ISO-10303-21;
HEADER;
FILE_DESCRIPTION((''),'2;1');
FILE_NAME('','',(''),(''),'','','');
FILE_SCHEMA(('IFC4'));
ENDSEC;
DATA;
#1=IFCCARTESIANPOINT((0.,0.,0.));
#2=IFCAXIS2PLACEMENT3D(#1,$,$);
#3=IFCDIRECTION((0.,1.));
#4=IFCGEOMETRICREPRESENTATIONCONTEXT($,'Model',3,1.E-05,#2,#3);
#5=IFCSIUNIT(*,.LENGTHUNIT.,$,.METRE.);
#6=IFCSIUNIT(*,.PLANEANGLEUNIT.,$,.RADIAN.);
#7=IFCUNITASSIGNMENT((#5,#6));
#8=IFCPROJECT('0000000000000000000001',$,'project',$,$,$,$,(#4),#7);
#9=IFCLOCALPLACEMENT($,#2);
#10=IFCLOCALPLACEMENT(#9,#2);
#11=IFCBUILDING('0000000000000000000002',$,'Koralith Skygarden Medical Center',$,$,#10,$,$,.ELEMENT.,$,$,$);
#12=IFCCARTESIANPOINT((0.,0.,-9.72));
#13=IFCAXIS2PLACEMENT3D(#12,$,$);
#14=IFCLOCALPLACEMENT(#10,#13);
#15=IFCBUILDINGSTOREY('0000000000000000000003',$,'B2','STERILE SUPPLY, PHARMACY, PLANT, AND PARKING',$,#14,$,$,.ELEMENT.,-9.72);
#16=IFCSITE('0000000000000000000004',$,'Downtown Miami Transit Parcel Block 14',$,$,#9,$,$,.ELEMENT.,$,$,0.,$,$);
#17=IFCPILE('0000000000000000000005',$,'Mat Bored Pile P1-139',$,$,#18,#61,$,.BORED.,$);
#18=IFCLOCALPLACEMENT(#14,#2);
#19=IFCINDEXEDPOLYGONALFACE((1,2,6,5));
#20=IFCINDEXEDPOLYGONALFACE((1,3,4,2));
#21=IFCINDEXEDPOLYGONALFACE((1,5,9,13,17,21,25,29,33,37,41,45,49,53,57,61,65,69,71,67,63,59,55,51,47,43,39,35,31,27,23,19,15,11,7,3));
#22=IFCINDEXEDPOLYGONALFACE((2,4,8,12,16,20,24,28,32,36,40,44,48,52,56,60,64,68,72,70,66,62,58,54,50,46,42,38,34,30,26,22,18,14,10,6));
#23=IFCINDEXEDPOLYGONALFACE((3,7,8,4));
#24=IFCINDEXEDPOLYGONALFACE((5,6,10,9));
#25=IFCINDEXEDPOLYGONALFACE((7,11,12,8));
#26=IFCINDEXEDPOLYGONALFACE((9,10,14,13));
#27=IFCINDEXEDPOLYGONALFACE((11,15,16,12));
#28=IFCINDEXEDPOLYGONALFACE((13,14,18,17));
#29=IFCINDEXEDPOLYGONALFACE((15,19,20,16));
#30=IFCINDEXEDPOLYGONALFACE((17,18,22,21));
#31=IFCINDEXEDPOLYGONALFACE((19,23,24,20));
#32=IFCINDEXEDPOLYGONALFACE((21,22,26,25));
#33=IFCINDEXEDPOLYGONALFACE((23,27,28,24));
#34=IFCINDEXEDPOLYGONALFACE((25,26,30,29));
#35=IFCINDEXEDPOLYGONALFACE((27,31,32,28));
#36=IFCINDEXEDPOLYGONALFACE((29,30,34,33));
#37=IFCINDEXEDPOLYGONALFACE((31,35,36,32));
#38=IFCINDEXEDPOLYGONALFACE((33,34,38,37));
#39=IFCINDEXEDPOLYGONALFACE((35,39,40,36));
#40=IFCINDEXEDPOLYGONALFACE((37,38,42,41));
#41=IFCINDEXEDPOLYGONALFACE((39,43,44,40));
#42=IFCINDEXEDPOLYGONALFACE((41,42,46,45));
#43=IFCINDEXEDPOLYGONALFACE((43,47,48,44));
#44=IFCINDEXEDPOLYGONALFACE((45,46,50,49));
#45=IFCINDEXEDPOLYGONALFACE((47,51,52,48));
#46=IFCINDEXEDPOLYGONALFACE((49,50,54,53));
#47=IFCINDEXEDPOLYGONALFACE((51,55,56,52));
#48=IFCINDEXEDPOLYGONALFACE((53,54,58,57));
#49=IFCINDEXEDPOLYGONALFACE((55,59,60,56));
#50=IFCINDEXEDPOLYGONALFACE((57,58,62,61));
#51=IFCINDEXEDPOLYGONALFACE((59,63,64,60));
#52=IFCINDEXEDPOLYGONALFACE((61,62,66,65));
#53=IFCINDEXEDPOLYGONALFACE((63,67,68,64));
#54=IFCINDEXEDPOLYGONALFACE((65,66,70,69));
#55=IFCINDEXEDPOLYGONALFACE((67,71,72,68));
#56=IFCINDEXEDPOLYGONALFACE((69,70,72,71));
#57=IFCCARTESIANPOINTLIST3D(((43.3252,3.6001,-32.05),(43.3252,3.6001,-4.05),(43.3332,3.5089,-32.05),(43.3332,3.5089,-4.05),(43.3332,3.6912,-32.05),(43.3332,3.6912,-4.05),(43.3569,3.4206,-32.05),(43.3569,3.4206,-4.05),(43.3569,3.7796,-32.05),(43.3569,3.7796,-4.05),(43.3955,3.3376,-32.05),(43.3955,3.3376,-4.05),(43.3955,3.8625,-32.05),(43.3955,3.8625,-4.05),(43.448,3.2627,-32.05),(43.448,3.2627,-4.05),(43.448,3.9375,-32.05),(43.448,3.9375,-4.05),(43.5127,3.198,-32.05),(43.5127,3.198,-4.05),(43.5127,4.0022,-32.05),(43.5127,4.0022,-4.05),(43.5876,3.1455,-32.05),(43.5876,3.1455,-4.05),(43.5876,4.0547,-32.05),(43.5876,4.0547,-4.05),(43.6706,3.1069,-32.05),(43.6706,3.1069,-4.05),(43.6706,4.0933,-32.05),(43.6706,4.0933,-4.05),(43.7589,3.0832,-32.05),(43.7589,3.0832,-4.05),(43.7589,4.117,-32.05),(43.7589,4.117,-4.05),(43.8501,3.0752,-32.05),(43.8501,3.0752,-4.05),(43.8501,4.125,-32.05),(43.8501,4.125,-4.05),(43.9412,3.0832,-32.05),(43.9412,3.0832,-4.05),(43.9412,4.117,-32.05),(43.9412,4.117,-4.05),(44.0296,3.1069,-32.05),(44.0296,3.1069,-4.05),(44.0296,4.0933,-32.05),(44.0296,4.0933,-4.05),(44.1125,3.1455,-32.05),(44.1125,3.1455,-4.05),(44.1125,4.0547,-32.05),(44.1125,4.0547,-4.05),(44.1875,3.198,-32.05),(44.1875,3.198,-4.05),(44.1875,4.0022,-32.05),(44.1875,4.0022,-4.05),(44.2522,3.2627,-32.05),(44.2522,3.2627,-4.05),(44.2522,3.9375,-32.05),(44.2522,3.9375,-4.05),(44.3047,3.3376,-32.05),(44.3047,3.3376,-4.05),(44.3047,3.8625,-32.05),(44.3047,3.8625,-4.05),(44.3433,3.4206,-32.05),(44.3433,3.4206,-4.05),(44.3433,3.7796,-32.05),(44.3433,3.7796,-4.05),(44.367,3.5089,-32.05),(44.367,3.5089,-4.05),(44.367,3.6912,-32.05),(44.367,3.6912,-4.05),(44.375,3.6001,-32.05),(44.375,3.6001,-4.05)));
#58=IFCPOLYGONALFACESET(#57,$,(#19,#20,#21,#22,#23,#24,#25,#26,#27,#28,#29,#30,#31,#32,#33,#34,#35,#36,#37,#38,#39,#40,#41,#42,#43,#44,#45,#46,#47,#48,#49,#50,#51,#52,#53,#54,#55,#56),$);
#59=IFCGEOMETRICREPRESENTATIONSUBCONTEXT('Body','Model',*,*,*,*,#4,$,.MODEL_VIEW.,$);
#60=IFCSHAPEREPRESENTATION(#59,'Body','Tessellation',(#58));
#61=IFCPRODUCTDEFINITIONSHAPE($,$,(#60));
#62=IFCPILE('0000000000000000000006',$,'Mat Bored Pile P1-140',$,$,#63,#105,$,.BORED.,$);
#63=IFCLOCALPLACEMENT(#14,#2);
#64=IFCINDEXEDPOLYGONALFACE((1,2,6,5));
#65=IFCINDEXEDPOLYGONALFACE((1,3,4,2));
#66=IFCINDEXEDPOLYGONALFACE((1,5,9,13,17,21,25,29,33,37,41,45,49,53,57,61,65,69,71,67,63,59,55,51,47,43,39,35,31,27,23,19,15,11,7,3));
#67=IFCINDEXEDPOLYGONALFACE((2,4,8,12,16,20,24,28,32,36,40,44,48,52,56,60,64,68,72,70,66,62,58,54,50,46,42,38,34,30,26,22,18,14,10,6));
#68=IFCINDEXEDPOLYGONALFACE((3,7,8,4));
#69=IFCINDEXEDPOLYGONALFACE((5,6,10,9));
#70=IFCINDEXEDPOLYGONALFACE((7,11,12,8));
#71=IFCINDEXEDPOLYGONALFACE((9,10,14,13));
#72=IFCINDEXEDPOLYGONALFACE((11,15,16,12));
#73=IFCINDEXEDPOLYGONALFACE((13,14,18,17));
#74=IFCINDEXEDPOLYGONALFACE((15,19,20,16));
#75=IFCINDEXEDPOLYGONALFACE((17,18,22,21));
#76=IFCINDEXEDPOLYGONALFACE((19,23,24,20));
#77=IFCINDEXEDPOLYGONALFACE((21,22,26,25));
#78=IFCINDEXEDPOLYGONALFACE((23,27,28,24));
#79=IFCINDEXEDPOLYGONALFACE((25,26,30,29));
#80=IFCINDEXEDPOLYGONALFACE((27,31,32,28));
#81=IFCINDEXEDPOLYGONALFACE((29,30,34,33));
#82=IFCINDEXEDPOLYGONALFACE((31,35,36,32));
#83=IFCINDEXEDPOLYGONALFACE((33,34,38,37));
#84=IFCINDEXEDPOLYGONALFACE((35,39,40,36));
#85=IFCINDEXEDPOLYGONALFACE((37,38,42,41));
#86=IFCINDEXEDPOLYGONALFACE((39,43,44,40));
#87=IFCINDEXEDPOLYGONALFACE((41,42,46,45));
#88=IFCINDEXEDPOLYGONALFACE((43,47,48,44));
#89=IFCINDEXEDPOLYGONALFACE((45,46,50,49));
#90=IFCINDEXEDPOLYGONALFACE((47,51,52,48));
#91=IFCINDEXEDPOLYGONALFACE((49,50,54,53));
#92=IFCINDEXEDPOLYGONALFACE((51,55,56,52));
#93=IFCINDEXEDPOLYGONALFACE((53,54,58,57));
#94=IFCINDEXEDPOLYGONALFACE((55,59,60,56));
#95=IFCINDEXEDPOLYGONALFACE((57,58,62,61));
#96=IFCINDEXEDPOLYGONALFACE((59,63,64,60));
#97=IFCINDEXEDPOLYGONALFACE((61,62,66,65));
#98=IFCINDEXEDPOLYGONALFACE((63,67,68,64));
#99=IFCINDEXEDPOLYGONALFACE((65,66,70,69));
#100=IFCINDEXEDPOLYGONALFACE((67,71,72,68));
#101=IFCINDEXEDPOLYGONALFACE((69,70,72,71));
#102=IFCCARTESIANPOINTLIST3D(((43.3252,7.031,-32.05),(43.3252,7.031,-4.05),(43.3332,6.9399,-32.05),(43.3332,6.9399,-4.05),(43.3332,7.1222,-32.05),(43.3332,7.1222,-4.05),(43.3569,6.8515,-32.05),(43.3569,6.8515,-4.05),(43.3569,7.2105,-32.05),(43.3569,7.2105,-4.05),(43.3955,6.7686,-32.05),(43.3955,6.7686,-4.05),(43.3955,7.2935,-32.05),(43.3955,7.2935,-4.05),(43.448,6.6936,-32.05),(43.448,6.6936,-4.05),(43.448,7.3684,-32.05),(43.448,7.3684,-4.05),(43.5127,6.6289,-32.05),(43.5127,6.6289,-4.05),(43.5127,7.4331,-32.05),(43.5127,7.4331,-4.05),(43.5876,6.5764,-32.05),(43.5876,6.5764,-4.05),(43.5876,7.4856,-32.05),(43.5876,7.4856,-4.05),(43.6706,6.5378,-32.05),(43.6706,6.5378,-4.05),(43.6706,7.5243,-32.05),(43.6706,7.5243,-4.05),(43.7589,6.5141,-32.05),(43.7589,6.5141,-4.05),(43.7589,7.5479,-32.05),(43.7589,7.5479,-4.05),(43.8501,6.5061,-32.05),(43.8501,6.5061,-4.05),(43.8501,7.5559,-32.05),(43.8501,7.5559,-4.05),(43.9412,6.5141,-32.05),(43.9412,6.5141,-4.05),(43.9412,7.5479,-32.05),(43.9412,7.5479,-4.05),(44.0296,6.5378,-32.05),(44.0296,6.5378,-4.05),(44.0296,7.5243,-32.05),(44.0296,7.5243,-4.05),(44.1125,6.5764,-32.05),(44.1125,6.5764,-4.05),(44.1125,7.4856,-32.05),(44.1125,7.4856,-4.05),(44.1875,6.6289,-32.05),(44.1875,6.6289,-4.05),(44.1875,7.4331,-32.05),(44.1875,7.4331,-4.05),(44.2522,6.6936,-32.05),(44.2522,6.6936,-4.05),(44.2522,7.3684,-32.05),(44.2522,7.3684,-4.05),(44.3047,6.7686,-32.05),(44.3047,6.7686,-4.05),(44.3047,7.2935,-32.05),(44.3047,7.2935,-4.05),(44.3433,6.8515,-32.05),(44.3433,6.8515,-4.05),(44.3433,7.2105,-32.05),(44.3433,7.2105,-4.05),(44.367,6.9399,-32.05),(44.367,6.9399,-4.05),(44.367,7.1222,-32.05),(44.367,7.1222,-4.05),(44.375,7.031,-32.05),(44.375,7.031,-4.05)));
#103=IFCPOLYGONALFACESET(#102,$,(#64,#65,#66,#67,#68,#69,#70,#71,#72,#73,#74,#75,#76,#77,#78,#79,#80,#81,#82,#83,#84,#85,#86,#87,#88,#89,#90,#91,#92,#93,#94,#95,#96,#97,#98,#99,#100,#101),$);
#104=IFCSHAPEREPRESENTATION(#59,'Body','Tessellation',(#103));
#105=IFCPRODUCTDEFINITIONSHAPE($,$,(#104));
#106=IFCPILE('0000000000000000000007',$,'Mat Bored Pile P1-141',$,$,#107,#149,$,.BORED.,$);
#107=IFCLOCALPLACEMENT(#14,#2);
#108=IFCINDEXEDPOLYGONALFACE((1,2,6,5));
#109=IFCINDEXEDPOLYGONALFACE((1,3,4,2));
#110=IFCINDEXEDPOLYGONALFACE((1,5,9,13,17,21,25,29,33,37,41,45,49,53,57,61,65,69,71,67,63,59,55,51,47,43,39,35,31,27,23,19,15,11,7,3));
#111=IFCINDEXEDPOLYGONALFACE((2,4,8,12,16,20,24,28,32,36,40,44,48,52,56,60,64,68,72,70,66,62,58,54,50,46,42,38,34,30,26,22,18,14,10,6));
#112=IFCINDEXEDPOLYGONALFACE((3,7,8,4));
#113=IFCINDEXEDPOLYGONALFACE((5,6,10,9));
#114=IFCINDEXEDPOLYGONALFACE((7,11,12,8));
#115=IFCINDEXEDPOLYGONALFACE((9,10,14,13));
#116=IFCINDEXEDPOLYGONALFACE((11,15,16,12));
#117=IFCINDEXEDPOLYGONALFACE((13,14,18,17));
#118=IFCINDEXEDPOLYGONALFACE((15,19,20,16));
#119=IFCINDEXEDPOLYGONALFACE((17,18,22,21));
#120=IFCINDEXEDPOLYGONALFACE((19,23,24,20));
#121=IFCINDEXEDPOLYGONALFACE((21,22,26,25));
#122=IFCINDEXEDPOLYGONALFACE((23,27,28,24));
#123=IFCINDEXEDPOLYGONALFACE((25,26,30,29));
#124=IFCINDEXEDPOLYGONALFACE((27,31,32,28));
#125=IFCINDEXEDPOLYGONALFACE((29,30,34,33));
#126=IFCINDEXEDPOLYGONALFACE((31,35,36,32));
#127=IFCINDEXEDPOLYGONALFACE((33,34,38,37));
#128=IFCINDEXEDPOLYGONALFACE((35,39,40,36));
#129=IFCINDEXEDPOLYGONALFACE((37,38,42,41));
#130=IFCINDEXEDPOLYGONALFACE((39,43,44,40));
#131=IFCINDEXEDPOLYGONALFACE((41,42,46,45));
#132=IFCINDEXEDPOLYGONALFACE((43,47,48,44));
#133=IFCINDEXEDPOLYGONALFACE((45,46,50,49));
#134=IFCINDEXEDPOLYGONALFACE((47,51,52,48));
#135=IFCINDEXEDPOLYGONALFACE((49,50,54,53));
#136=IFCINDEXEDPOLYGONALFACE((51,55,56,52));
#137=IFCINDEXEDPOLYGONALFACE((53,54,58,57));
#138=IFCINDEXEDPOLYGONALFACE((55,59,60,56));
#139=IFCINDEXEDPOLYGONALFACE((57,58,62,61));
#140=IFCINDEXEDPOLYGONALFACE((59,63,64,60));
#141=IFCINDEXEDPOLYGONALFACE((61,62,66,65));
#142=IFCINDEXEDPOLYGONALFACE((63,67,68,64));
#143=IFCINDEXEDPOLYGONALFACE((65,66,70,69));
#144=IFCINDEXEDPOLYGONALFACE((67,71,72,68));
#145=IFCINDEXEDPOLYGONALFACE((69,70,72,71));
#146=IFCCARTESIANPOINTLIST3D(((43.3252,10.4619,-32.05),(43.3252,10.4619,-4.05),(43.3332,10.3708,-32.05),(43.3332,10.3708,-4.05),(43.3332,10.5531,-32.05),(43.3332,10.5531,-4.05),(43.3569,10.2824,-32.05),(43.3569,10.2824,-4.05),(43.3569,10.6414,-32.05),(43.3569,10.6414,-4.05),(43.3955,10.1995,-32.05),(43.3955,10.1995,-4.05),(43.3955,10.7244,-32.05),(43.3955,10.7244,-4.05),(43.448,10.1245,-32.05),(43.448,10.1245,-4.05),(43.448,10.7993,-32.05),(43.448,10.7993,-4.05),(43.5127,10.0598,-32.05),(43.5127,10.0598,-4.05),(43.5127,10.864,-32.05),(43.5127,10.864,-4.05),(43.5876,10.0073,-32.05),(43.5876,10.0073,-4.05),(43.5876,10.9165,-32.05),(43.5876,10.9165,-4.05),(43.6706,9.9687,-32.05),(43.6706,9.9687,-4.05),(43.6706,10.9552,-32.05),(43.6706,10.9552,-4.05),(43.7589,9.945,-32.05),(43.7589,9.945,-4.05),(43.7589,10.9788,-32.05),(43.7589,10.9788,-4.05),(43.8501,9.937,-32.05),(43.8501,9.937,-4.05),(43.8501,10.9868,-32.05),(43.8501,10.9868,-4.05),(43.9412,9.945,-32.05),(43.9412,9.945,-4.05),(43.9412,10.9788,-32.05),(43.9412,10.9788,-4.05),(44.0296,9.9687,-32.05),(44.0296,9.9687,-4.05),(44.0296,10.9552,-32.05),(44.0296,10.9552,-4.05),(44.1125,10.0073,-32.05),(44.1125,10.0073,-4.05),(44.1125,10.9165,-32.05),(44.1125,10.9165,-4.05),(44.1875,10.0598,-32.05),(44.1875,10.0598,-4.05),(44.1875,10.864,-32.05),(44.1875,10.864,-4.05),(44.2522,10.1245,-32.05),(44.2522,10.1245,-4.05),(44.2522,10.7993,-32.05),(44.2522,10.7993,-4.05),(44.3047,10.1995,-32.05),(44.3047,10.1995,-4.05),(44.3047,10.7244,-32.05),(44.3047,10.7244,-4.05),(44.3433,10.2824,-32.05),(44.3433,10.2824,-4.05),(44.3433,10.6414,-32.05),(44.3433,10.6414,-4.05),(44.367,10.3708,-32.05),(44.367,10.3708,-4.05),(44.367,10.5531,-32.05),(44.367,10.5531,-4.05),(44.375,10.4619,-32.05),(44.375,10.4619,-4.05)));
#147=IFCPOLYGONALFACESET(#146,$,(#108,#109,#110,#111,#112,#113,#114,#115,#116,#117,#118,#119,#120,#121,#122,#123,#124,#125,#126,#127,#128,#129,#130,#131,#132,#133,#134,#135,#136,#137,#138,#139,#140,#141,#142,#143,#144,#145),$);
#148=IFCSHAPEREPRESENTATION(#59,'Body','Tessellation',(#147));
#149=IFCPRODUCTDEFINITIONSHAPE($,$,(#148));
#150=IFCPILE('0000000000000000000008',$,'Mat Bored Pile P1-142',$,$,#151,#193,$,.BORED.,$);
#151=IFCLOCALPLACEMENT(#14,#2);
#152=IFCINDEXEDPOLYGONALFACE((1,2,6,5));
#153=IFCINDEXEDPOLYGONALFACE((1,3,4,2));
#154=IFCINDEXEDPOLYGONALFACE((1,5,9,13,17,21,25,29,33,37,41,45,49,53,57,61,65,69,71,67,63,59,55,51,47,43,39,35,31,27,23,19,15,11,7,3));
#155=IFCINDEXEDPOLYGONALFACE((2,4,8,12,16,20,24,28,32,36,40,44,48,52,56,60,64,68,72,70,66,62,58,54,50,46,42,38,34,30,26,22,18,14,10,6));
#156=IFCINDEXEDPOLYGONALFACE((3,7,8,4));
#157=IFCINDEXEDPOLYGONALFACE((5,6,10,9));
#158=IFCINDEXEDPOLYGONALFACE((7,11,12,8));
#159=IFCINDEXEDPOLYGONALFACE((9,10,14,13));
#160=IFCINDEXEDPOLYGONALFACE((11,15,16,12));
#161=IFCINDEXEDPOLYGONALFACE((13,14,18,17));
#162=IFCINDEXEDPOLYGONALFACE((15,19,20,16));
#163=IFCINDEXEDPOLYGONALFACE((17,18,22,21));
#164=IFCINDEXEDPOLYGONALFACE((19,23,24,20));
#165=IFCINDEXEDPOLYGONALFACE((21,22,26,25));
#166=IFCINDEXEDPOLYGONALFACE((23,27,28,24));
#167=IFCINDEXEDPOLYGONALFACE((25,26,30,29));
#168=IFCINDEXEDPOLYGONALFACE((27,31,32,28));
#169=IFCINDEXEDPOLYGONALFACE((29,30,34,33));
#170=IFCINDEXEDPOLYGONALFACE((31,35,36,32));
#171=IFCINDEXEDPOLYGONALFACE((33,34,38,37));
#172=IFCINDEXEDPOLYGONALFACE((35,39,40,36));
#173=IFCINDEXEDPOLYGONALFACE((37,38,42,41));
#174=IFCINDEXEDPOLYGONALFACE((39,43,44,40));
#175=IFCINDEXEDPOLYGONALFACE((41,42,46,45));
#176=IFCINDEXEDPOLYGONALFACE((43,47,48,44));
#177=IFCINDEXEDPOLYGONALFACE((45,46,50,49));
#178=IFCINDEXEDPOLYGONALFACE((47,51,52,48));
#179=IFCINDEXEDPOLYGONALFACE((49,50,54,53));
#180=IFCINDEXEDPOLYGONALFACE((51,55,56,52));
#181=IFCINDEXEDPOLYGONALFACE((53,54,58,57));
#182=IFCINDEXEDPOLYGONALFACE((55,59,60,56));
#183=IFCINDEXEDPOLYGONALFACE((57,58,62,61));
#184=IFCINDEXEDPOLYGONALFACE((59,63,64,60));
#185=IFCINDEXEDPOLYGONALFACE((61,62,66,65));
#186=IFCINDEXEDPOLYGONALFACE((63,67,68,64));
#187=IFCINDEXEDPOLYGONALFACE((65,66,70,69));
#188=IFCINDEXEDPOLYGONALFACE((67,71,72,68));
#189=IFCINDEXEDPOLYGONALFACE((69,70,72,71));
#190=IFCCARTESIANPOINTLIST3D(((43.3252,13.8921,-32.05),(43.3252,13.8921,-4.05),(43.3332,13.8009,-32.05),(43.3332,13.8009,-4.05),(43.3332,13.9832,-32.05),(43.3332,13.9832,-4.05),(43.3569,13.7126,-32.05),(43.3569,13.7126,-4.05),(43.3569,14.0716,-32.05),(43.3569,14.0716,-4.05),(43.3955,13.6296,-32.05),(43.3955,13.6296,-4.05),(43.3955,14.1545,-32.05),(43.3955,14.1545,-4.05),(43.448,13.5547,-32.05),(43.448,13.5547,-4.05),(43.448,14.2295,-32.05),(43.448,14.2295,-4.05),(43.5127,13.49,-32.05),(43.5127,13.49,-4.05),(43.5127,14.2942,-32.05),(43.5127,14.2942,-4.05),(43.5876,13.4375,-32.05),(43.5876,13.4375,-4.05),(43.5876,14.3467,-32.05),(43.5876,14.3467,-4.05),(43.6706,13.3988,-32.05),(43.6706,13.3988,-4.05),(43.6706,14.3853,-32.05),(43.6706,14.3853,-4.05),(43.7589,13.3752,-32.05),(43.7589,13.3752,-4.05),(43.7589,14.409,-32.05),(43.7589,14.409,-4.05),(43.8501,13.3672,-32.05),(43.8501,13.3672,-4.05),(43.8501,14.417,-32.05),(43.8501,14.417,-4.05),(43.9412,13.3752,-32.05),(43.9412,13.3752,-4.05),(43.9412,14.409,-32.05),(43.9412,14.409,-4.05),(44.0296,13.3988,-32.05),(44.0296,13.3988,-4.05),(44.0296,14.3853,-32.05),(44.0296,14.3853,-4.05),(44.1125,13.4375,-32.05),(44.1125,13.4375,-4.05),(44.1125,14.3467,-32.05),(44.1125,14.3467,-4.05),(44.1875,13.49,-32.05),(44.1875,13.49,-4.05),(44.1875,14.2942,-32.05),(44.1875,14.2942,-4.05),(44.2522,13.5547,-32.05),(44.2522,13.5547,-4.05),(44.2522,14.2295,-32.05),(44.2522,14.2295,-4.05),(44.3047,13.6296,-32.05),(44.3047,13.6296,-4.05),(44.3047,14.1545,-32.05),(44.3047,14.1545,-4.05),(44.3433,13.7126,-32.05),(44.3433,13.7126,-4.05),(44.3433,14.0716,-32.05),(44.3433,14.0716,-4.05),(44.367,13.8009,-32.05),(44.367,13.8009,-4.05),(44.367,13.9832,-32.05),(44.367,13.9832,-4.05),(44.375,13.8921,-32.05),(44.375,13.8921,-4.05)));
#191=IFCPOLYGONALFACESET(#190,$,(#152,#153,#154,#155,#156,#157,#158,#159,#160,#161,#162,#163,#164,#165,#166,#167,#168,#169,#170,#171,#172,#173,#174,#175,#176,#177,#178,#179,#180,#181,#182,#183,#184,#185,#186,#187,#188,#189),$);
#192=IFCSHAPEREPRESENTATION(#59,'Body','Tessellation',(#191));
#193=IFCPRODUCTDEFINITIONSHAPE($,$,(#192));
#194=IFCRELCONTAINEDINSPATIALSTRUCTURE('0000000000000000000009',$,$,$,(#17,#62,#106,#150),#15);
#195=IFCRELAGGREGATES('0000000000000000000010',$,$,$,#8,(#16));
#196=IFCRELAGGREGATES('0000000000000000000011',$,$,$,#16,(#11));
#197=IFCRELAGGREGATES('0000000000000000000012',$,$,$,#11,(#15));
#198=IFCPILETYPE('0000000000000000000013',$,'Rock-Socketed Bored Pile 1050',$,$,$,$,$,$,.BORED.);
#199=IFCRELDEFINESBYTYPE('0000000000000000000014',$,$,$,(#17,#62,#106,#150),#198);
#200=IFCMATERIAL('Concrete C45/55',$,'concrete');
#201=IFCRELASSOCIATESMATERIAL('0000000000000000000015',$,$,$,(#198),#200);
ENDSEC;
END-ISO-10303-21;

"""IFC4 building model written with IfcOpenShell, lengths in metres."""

from ifc_helpers import new_model, si_unit, direction, frame, origin, origin_2d, place, context, subcontext, project, spatial, circle, extrude, material, material_profile, profile_set, type_object, element, save


model = new_model("IFC4")

# Units and contexts
model_context = context("Model", 3, precision=1e-05, world=origin(), true_north=direction((0.0, 1.0)))
body_context = subcontext(model_context, "Body", "Model", "MODEL_VIEW")
ifc_project = project(units=[si_unit("LENGTHUNIT", "METRE"), si_unit("PLANEANGLEUNIT", "RADIAN")], contexts=[model_context])

# Site, building, storey
site_placement = place(None, origin())
site = spatial("IfcSite", under=ifc_project, at=site_placement, Name="Downtown Miami Transit Parcel Block 14", CompositionType="ELEMENT", RefElevation=0.0)
building_placement = place(site_placement, origin())
building = spatial("IfcBuilding", under=site, at=building_placement, Name="Koralith Skygarden Medical Center", CompositionType="ELEMENT")
storey_placement = place(building_placement, frame((0.0, 0.0, -9.72)))
storey = spatial("IfcBuildingStorey", under=building, at=storey_placement, Name="B2", Description="STERILE SUPPLY, PHARMACY, PLANT, AND PARKING", CompositionType="ELEMENT", Elevation=-9.72)

# Piles
ifc_material_1 = material(Name="Concrete C45/55", Category="concrete")
ifc_material_profile_1 = material_profile(ifc_material_1, circle(Radius=0.5249, at=origin_2d()), Name="PILE1050")
ifc_profile_set_1 = profile_set([ifc_material_profile_1], Name="Concrete C45/55")
pile_type_1 = type_object("IfcPileType", Name="Rock-Socketed Bored Pile 1050", PredefinedType="BORED", material=ifc_profile_set_1)
for number, where, z_axis, x_axis, name in (
    (1, (43.8501, 3.6001, -4.05), (0.0, 0.0, -1.0), (1.0, 0.0, 0.0), "Mat Bored Pile P1-139"),
    (2, (43.8501, 7.031, -4.05), (0.0, 0.0, -1.0), (1.0, 0.0, 0.0), "Mat Bored Pile P1-140"),
    (3, (43.8501, 10.4619, -4.05), (0.0, 0.0, -1.0), (1.0, 0.0, 0.0), "Mat Bored Pile P1-141"),
    (4, (43.8501, 13.8921, -4.05), (0.0, 0.0, -1.0), (1.0, 0.0, 0.0), "Mat Bored Pile P1-142"),
):
    element("IfcPile", number, at=place(storey_placement, frame(where, z_axis=z_axis, x_axis=x_axis)), inside=storey, type_object=pile_type_1, Name=name, PredefinedType="BORED", context=body_context, shape_type="SweptSolid", body=[
        extrude(circle(Radius=0.5249, at=origin_2d()), origin(), (0.0, 0.0, 1.0), 28.0),
    ])

save(model, "model.ifc")
